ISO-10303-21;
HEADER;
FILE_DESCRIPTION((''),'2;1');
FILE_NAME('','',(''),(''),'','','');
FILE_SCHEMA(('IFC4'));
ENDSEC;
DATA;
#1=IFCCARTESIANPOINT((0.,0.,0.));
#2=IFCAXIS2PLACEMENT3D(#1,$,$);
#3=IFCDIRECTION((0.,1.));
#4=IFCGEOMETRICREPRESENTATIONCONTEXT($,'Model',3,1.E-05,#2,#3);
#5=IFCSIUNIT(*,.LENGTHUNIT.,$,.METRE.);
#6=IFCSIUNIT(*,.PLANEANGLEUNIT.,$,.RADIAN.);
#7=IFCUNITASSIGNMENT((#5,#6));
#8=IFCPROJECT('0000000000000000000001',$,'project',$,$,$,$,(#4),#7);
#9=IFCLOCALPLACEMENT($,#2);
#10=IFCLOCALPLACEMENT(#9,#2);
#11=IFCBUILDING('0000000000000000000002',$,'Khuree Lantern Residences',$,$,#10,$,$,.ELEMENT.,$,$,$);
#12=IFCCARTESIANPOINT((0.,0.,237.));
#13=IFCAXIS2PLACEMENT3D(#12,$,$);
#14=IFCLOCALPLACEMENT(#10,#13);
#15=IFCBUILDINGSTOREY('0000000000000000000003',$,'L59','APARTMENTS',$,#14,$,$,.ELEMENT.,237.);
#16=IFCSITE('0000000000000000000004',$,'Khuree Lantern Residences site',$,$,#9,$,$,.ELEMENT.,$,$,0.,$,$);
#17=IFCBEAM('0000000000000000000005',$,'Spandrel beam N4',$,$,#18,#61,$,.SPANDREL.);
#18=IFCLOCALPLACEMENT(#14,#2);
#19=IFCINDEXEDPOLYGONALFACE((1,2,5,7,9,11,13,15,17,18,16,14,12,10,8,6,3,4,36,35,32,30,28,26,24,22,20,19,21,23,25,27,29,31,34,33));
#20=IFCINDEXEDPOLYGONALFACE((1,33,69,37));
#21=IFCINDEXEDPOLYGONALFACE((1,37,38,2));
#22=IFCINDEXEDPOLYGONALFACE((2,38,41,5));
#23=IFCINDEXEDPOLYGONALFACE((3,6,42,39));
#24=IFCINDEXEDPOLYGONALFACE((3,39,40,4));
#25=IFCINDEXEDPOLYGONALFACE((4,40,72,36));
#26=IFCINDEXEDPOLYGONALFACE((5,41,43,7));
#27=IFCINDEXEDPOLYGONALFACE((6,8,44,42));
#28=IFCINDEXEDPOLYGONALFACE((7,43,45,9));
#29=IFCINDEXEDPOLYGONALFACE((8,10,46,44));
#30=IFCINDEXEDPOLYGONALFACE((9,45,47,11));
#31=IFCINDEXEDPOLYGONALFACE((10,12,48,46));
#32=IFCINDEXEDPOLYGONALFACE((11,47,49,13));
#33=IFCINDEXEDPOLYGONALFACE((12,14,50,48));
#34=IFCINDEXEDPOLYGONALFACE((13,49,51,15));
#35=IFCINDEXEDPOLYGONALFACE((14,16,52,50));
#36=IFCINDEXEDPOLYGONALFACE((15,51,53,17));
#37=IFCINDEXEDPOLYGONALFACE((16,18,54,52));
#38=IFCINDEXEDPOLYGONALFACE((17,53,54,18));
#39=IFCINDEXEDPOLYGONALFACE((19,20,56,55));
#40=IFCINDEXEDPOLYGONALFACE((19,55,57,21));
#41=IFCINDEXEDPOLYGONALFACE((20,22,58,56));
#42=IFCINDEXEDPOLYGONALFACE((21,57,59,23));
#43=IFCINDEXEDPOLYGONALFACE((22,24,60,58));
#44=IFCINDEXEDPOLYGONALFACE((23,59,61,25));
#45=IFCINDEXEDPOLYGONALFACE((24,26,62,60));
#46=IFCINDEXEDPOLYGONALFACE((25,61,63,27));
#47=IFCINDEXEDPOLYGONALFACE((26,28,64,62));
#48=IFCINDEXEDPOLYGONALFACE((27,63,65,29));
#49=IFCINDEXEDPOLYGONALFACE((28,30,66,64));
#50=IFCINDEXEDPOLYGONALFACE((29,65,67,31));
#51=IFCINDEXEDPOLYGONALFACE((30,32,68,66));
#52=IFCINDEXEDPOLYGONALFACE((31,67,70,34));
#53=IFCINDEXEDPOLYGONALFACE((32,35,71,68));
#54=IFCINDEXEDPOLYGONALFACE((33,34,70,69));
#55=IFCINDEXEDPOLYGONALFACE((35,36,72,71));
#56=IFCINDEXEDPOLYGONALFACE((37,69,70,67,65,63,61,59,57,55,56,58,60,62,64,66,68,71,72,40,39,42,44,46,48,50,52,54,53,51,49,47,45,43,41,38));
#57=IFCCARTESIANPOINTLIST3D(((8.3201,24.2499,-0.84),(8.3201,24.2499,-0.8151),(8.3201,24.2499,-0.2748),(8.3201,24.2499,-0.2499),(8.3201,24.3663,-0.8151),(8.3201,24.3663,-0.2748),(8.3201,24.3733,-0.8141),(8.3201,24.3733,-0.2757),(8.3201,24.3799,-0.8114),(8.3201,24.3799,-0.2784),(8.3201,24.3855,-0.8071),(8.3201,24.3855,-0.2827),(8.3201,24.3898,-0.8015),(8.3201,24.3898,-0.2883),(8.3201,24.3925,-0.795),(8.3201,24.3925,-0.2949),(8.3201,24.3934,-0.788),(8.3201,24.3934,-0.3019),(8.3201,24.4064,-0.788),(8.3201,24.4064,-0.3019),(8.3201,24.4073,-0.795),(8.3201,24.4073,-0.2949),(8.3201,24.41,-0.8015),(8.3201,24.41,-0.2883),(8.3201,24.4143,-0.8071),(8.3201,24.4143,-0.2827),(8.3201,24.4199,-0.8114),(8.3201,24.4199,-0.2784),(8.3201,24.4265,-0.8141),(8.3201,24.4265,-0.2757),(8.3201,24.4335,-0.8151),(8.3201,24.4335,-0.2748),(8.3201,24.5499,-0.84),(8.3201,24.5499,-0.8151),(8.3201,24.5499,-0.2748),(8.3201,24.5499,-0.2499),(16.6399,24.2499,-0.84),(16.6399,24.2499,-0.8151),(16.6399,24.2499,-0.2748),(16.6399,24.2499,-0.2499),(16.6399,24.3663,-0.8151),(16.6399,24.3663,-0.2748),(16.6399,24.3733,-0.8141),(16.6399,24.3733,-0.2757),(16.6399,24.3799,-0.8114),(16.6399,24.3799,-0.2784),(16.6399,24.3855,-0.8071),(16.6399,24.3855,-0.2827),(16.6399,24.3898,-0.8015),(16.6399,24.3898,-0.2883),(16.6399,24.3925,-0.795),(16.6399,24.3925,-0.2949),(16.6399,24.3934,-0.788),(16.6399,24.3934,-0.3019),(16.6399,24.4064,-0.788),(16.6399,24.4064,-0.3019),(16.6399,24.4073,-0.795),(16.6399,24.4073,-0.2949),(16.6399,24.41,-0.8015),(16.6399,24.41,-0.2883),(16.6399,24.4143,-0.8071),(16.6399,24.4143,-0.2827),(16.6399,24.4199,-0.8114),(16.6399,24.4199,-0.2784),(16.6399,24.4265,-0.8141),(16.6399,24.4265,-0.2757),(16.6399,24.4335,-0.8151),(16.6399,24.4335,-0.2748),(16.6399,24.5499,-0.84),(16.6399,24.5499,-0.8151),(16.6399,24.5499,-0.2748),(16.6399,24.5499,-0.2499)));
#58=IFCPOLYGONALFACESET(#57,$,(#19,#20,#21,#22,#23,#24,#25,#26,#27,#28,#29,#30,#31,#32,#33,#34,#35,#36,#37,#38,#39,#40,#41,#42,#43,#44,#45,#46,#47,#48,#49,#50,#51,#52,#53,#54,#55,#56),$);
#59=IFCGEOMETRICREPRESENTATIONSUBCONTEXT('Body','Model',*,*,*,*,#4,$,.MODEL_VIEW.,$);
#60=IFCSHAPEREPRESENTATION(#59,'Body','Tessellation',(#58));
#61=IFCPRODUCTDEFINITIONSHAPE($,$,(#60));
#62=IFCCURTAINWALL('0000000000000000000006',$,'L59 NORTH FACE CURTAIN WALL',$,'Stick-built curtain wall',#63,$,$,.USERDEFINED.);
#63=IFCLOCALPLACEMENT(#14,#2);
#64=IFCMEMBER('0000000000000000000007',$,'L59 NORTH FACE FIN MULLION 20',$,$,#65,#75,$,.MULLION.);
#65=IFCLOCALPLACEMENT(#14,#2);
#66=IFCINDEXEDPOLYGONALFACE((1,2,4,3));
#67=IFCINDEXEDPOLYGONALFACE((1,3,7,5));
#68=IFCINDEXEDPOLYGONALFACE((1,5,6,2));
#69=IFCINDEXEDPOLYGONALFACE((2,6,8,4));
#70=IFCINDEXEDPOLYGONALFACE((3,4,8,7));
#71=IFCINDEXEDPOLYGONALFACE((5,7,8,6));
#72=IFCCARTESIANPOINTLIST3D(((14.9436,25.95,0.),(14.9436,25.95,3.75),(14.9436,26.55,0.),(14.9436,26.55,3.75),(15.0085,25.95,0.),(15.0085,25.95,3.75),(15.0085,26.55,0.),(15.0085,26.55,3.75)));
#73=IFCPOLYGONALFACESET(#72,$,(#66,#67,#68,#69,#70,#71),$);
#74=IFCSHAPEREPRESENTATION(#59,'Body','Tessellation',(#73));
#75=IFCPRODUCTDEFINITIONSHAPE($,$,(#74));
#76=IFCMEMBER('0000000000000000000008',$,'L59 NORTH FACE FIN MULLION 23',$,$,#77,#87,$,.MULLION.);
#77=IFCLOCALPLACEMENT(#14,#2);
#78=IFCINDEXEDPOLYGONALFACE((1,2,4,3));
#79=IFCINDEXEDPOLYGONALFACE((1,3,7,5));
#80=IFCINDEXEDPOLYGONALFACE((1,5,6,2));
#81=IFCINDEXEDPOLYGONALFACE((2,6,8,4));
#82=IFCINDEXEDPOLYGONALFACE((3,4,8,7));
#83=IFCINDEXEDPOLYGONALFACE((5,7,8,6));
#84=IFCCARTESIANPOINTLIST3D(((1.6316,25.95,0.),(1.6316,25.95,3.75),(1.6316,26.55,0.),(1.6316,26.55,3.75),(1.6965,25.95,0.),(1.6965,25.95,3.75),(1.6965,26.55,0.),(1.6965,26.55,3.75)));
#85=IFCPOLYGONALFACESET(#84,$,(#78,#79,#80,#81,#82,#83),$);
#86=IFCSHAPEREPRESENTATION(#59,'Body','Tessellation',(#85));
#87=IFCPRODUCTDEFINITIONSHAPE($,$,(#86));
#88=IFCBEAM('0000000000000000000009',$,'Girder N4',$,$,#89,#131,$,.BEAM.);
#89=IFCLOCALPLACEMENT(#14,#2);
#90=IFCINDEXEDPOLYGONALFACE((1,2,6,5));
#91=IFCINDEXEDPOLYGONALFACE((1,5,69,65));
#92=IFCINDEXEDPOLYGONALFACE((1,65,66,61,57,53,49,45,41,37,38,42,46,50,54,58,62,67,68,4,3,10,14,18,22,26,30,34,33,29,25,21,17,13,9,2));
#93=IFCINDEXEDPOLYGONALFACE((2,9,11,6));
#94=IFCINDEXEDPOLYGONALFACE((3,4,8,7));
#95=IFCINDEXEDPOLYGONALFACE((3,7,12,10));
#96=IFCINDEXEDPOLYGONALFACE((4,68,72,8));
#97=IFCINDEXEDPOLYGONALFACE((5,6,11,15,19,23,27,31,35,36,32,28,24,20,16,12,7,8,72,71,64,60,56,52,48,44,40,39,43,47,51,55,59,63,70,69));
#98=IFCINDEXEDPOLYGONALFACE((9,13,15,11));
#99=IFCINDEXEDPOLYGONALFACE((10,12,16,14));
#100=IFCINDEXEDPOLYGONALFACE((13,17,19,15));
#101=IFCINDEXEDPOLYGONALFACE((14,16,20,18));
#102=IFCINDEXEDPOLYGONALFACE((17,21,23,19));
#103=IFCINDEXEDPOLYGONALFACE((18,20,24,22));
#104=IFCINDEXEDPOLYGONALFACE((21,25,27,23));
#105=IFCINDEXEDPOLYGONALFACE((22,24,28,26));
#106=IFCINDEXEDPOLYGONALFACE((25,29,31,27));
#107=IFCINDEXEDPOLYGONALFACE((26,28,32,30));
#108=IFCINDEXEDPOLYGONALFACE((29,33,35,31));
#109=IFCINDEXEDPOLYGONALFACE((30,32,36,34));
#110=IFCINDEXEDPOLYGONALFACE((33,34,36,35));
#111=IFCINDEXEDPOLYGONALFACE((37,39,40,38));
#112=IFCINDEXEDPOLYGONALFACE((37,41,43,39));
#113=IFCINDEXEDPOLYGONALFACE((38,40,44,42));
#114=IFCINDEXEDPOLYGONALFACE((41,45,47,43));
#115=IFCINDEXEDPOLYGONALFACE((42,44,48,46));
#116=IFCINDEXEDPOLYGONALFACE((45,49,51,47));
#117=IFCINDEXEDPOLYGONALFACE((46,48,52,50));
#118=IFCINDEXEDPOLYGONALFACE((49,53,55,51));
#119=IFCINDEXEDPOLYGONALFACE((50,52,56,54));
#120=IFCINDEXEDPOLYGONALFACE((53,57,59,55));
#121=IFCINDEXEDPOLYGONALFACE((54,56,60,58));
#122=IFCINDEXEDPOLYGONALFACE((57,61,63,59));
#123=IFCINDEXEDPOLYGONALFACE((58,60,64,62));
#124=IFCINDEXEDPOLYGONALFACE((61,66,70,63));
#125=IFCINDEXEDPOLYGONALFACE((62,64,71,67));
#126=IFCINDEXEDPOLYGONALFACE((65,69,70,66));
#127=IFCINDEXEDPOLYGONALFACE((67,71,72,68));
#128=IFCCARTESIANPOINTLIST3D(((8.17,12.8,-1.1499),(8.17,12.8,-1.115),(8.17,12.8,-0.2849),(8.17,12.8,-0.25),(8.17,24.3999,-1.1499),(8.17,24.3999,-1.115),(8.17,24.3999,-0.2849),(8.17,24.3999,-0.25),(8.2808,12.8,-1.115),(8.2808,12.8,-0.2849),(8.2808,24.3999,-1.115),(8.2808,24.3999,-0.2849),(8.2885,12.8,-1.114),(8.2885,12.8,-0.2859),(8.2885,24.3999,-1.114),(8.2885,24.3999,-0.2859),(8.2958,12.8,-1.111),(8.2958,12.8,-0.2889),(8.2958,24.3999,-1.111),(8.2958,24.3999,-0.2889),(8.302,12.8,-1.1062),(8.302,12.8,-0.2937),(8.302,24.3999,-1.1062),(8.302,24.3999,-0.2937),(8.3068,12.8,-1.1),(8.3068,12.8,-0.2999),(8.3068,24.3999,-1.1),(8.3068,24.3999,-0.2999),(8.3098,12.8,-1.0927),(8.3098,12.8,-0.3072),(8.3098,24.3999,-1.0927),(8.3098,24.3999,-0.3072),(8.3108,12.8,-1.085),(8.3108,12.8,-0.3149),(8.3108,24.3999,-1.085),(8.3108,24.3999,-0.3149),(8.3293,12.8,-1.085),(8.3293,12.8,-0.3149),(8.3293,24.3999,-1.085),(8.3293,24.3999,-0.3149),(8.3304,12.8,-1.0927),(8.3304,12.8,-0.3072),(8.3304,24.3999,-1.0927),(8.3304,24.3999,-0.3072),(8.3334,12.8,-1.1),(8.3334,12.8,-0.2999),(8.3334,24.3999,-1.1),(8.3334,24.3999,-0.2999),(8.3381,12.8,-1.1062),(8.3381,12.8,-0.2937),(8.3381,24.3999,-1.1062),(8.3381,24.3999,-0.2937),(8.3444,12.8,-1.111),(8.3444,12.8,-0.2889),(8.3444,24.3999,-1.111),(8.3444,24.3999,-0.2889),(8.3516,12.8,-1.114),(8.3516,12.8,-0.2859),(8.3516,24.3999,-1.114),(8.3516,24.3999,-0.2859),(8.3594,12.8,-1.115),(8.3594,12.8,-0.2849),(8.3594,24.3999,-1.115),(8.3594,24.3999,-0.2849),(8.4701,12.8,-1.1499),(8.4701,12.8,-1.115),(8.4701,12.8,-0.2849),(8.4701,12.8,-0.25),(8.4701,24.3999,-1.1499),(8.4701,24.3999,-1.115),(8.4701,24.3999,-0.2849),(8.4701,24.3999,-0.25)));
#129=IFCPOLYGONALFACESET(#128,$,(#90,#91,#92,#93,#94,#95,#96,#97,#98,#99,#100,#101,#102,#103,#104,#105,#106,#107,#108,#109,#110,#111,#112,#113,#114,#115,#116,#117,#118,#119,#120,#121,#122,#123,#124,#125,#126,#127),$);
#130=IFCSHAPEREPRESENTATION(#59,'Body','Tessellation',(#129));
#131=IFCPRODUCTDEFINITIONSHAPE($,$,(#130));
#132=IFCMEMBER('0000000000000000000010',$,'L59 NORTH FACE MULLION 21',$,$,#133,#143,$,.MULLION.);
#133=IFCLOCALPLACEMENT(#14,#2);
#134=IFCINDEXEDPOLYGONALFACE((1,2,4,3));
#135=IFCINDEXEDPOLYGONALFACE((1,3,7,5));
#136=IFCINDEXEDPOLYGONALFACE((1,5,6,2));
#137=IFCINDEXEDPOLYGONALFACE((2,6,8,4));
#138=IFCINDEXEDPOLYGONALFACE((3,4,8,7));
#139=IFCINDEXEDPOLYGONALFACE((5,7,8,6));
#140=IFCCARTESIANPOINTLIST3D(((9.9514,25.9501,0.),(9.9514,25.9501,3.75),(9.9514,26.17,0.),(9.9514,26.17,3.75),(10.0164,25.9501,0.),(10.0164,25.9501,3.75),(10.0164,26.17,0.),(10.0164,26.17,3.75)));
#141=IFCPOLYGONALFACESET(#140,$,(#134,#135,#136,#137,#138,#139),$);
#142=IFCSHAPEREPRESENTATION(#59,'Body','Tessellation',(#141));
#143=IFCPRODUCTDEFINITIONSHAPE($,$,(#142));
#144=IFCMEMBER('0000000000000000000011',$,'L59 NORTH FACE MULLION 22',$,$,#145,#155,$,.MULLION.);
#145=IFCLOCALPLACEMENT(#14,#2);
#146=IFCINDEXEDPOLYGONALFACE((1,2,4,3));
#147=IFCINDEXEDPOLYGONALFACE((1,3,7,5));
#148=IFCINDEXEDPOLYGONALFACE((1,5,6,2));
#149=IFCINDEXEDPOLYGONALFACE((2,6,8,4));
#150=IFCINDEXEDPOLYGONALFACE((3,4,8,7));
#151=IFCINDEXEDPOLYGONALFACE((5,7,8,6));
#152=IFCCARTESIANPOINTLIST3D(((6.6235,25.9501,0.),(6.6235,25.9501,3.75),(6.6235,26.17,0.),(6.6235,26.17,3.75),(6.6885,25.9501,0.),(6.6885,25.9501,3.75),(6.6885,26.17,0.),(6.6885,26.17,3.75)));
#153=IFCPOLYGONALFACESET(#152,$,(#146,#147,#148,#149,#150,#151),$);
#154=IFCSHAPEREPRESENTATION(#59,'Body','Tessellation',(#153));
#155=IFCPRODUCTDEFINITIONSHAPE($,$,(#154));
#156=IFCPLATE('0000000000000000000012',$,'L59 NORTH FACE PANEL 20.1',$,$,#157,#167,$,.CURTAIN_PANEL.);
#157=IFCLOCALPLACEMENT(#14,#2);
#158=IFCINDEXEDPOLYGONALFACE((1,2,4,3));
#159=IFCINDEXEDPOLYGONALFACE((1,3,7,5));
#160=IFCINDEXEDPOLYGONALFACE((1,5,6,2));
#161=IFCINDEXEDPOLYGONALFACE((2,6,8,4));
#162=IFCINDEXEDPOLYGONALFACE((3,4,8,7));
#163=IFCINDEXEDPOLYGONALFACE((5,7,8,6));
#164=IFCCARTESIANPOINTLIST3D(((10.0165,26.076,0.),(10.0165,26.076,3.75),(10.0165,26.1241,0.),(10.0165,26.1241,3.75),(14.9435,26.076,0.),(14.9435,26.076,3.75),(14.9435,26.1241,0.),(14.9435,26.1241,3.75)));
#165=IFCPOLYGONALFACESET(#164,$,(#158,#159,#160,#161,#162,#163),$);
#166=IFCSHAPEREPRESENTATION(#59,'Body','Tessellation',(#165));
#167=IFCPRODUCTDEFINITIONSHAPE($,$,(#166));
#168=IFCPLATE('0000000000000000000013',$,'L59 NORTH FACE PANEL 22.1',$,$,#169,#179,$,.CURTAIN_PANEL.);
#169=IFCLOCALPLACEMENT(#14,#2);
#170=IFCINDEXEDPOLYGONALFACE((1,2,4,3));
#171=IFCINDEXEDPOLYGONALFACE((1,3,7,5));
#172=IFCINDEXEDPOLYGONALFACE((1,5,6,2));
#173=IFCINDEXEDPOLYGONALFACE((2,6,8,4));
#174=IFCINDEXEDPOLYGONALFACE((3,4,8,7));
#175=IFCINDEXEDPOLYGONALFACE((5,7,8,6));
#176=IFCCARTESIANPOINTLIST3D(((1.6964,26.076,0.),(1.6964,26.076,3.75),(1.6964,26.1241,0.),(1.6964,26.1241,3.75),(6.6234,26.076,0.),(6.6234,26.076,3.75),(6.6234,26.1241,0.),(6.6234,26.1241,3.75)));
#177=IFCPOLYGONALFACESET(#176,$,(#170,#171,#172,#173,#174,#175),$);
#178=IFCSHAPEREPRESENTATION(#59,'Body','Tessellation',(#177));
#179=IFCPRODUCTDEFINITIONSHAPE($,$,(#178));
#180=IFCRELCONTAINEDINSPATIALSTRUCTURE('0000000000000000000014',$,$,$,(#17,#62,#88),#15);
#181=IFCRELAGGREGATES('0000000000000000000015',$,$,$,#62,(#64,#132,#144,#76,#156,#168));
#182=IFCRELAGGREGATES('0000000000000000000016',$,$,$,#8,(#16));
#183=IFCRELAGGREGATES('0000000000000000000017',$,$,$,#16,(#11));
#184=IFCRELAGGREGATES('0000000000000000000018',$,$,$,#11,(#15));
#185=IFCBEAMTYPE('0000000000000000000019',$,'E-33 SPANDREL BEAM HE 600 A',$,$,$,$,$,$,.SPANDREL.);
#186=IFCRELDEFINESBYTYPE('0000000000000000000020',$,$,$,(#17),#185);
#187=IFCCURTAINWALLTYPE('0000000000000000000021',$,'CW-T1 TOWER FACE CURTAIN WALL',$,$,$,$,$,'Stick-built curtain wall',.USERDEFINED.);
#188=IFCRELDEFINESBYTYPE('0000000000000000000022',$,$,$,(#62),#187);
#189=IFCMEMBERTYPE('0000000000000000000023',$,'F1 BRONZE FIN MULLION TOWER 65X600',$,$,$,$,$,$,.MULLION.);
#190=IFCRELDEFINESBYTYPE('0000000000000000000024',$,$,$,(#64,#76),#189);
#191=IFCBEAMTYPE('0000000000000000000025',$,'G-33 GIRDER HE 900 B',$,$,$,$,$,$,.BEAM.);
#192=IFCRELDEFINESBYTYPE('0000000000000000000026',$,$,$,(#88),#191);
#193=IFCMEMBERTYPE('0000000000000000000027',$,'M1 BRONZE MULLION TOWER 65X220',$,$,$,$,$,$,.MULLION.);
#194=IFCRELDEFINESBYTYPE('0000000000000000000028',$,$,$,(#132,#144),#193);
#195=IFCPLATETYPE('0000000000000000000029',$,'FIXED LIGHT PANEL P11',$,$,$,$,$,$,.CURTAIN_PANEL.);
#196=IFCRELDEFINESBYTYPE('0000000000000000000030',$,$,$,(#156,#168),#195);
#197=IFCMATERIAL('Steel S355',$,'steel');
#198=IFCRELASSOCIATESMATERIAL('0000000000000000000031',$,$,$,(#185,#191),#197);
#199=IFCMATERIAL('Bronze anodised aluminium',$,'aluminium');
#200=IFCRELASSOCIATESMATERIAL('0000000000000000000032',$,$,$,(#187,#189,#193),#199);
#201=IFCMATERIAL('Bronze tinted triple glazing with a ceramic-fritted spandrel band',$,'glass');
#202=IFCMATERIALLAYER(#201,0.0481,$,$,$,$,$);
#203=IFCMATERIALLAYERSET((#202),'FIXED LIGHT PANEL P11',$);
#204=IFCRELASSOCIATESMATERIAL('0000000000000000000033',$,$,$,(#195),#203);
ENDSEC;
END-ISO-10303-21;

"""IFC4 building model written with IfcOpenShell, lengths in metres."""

from ifc_helpers import new_model, si_unit, direction, frame, origin, origin_2d, place, context, subcontext, project, spatial, rectangle, i_section, extrude, material, layer, layer_set, material_profile, profile_set, type_object, element, aggregate, save


model = new_model("IFC4")

# Units and contexts
model_context = context("Model", 3, precision=1e-05, world=origin(), true_north=direction((0.0, 1.0)))
body_context = subcontext(model_context, "Body", "Model", "MODEL_VIEW")
ifc_project = project(units=[si_unit("LENGTHUNIT", "METRE"), si_unit("PLANEANGLEUNIT", "RADIAN")], contexts=[model_context])

# Site, building, storey
site_placement = place(None, origin())
site = spatial("IfcSite", under=ifc_project, at=site_placement, Name="Khuree Lantern Residences site", CompositionType="ELEMENT", RefElevation=0.0)
building_placement = place(site_placement, origin())
building = spatial("IfcBuilding", under=site, at=building_placement, Name="Khuree Lantern Residences", CompositionType="ELEMENT")
storey_placement = place(building_placement, frame((0.0, 0.0, 237.0)))
storey = spatial("IfcBuildingStorey", under=building, at=storey_placement, Name="L59", Description="APARTMENTS", CompositionType="ELEMENT", Elevation=237.0)

# Beam
ifc_material_1 = material(Name="Steel S355", Category="steel")
ifc_material_profile_1 = material_profile(ifc_material_1, i_section(OverallWidth=0.3, OverallDepth=0.5901, WebThickness=0.0129, FlangeThickness=0.0249, FilletRadius=0.0271, at=origin_2d()), Name="HE 600 A")
ifc_profile_set_1 = profile_set([ifc_material_profile_1], Name="Steel S355")
beam_type_1 = type_object("IfcBeamType", Name="E-33 SPANDREL BEAM HE 600 A", PredefinedType="SPANDREL", material=ifc_profile_set_1)
beam_1_placement = place(storey_placement, frame((8.3201, 24.3999, -0.5449), z_axis=(1.0, 0.0, 0.0), x_axis=(0.0, 1.0, 0.0)))
element("IfcBeam", 1, at=beam_1_placement, inside=storey, type_object=beam_type_1, Name="Spandrel beam N4", PredefinedType="SPANDREL", context=body_context, shape_type="SweptSolid", body=[
    extrude(i_section(OverallWidth=0.3, OverallDepth=0.5901, WebThickness=0.0129, FlangeThickness=0.0249, FilletRadius=0.0271, at=origin_2d()), origin(), (0.0, 0.0, 1.0), 8.3198),
])

# Curtain wall, members
ifc_material_2 = material(Name="Bronze anodised aluminium", Category="aluminium")
curtain_wall_type = type_object("IfcCurtainWallType", Name="CW-T1 TOWER FACE CURTAIN WALL", ElementType="Stick-built curtain wall", PredefinedType="USERDEFINED", material=ifc_material_2)
curtain_wall_placement = place(storey_placement, origin())
curtain_wall = element("IfcCurtainWall", 2, at=curtain_wall_placement, inside=storey, type_object=curtain_wall_type, Name="L59 NORTH FACE CURTAIN WALL", ObjectType="Stick-built curtain wall", PredefinedType="USERDEFINED")
ifc_material_profile_2 = material_profile(ifc_material_2, rectangle(XDim=0.0649, YDim=0.6001, at=origin_2d()), Name="F1 65X600")
ifc_profile_set_2 = profile_set([ifc_material_profile_2], Name="Bronze anodised aluminium")
member_type_1 = type_object("IfcMemberType", Name="F1 BRONZE FIN MULLION TOWER 65X600", PredefinedType="MULLION", material=ifc_profile_set_2)
member_1_placement = place(storey_placement, frame((14.9761, 26.25, 0.0), z_axis=(0.0, 0.0, 1.0), x_axis=(-1.0, 0.0, 0.0)))
member_1 = element("IfcMember", 3, at=member_1_placement, type_object=member_type_1, Name="L59 NORTH FACE FIN MULLION 20", PredefinedType="MULLION", context=body_context, shape_type="SweptSolid", body=[
    extrude(rectangle(XDim=0.0649, YDim=0.6001, at=origin_2d()), origin(), (0.0, 0.0, 1.0), 3.75),
])
member_2_placement = place(storey_placement, frame((1.6641, 26.25, 0.0), z_axis=(0.0, 0.0, 1.0), x_axis=(-1.0, 0.0, 0.0)))
member_2 = element("IfcMember", 4, at=member_2_placement, type_object=member_type_1, Name="L59 NORTH FACE FIN MULLION 23", PredefinedType="MULLION", context=body_context, shape_type="SweptSolid", body=[
    extrude(rectangle(XDim=0.0649, YDim=0.6001, at=origin_2d()), origin(), (0.0, 0.0, 1.0), 3.75),
])

# Beam
ifc_material_profile_3 = material_profile(ifc_material_1, i_section(OverallWidth=0.3, OverallDepth=0.8999, WebThickness=0.0186, FlangeThickness=0.0349, FilletRadius=0.03, at=origin_2d()), Name="HE 900 B")
ifc_profile_set_3 = profile_set([ifc_material_profile_3], Name="Steel S355")
beam_type_2 = type_object("IfcBeamType", Name="G-33 GIRDER HE 900 B", PredefinedType="BEAM", material=ifc_profile_set_3)
beam_2_placement = place(storey_placement, frame((8.3201, 24.3999, -0.7), z_axis=(0.0, -1.0, 0.0), x_axis=(1.0, 0.0, 0.0)))
element("IfcBeam", 5, at=beam_2_placement, inside=storey, type_object=beam_type_2, Name="Girder N4", PredefinedType="BEAM", context=body_context, shape_type="SweptSolid", body=[
    extrude(i_section(OverallWidth=0.3, OverallDepth=0.8999, WebThickness=0.0186, FlangeThickness=0.0349, FilletRadius=0.03, at=origin_2d()), origin(), (0.0, 0.0, 1.0), 11.5999),
])

# Members
ifc_material_profile_4 = material_profile(ifc_material_2, rectangle(XDim=0.0649, YDim=0.22, at=origin_2d()), Name="M1 65X220")
ifc_profile_set_4 = profile_set([ifc_material_profile_4], Name="Bronze anodised aluminium")
member_type_2 = type_object("IfcMemberType", Name="M1 BRONZE MULLION TOWER 65X220", PredefinedType="MULLION", material=ifc_profile_set_4)
member_3_placement = place(storey_placement, frame((9.9839, 26.0601, 0.0), z_axis=(0.0, 0.0, 1.0), x_axis=(-1.0, 0.0, 0.0)))
member_3 = element("IfcMember", 6, at=member_3_placement, type_object=member_type_2, Name="L59 NORTH FACE MULLION 21", PredefinedType="MULLION", context=body_context, shape_type="SweptSolid", body=[
    extrude(rectangle(XDim=0.0649, YDim=0.22, at=origin_2d()), origin(), (0.0, 0.0, 1.0), 3.75),
])
member_4_placement = place(storey_placement, frame((6.656, 26.0601, 0.0), z_axis=(0.0, 0.0, 1.0), x_axis=(-1.0, 0.0, 0.0)))
member_4 = element("IfcMember", 7, at=member_4_placement, type_object=member_type_2, Name="L59 NORTH FACE MULLION 22", PredefinedType="MULLION", context=body_context, shape_type="SweptSolid", body=[
    extrude(rectangle(XDim=0.0649, YDim=0.22, at=origin_2d()), origin(), (0.0, 0.0, 1.0), 3.75),
])

# Plates
ifc_material_3 = material(Name="Bronze tinted triple glazing with a ceramic-fritted spandrel band", Category="glass")
ifc_layer_1 = layer(ifc_material_3, 0.0481)
ifc_layer_set_1 = layer_set([ifc_layer_1], Name="FIXED LIGHT PANEL P11")
plate_type_1 = type_object("IfcPlateType", Name="FIXED LIGHT PANEL P11", PredefinedType="CURTAIN_PANEL", material=ifc_layer_set_1)
plate_1_placement = place(storey_placement, frame((12.48, 26.1001, 0.0), z_axis=(0.0, 0.0, 1.0), x_axis=(-1.0, 0.0, 0.0)))
plate_1 = element("IfcPlate", 8, at=plate_1_placement, type_object=plate_type_1, Name="L59 NORTH FACE PANEL 20.1", PredefinedType="CURTAIN_PANEL", context=body_context, shape_type="SweptSolid", body=[
    extrude(rectangle(XDim=4.927, YDim=0.0481, at=origin_2d()), origin(), (0.0, 0.0, 1.0), 3.75),
])
plate_2_placement = place(storey_placement, frame((4.1599, 26.1001, 0.0), z_axis=(0.0, 0.0, 1.0), x_axis=(-1.0, 0.0, 0.0)))
plate_2 = element("IfcPlate", 9, at=plate_2_placement, type_object=plate_type_1, Name="L59 NORTH FACE PANEL 22.1", PredefinedType="CURTAIN_PANEL", context=body_context, shape_type="SweptSolid", body=[
    extrude(rectangle(XDim=4.927, YDim=0.0481, at=origin_2d()), origin(), (0.0, 0.0, 1.0), 3.75),
])
aggregate(curtain_wall, [member_1, member_3, member_4, member_2, plate_1, plate_2])

save(model, "model.ifc")
